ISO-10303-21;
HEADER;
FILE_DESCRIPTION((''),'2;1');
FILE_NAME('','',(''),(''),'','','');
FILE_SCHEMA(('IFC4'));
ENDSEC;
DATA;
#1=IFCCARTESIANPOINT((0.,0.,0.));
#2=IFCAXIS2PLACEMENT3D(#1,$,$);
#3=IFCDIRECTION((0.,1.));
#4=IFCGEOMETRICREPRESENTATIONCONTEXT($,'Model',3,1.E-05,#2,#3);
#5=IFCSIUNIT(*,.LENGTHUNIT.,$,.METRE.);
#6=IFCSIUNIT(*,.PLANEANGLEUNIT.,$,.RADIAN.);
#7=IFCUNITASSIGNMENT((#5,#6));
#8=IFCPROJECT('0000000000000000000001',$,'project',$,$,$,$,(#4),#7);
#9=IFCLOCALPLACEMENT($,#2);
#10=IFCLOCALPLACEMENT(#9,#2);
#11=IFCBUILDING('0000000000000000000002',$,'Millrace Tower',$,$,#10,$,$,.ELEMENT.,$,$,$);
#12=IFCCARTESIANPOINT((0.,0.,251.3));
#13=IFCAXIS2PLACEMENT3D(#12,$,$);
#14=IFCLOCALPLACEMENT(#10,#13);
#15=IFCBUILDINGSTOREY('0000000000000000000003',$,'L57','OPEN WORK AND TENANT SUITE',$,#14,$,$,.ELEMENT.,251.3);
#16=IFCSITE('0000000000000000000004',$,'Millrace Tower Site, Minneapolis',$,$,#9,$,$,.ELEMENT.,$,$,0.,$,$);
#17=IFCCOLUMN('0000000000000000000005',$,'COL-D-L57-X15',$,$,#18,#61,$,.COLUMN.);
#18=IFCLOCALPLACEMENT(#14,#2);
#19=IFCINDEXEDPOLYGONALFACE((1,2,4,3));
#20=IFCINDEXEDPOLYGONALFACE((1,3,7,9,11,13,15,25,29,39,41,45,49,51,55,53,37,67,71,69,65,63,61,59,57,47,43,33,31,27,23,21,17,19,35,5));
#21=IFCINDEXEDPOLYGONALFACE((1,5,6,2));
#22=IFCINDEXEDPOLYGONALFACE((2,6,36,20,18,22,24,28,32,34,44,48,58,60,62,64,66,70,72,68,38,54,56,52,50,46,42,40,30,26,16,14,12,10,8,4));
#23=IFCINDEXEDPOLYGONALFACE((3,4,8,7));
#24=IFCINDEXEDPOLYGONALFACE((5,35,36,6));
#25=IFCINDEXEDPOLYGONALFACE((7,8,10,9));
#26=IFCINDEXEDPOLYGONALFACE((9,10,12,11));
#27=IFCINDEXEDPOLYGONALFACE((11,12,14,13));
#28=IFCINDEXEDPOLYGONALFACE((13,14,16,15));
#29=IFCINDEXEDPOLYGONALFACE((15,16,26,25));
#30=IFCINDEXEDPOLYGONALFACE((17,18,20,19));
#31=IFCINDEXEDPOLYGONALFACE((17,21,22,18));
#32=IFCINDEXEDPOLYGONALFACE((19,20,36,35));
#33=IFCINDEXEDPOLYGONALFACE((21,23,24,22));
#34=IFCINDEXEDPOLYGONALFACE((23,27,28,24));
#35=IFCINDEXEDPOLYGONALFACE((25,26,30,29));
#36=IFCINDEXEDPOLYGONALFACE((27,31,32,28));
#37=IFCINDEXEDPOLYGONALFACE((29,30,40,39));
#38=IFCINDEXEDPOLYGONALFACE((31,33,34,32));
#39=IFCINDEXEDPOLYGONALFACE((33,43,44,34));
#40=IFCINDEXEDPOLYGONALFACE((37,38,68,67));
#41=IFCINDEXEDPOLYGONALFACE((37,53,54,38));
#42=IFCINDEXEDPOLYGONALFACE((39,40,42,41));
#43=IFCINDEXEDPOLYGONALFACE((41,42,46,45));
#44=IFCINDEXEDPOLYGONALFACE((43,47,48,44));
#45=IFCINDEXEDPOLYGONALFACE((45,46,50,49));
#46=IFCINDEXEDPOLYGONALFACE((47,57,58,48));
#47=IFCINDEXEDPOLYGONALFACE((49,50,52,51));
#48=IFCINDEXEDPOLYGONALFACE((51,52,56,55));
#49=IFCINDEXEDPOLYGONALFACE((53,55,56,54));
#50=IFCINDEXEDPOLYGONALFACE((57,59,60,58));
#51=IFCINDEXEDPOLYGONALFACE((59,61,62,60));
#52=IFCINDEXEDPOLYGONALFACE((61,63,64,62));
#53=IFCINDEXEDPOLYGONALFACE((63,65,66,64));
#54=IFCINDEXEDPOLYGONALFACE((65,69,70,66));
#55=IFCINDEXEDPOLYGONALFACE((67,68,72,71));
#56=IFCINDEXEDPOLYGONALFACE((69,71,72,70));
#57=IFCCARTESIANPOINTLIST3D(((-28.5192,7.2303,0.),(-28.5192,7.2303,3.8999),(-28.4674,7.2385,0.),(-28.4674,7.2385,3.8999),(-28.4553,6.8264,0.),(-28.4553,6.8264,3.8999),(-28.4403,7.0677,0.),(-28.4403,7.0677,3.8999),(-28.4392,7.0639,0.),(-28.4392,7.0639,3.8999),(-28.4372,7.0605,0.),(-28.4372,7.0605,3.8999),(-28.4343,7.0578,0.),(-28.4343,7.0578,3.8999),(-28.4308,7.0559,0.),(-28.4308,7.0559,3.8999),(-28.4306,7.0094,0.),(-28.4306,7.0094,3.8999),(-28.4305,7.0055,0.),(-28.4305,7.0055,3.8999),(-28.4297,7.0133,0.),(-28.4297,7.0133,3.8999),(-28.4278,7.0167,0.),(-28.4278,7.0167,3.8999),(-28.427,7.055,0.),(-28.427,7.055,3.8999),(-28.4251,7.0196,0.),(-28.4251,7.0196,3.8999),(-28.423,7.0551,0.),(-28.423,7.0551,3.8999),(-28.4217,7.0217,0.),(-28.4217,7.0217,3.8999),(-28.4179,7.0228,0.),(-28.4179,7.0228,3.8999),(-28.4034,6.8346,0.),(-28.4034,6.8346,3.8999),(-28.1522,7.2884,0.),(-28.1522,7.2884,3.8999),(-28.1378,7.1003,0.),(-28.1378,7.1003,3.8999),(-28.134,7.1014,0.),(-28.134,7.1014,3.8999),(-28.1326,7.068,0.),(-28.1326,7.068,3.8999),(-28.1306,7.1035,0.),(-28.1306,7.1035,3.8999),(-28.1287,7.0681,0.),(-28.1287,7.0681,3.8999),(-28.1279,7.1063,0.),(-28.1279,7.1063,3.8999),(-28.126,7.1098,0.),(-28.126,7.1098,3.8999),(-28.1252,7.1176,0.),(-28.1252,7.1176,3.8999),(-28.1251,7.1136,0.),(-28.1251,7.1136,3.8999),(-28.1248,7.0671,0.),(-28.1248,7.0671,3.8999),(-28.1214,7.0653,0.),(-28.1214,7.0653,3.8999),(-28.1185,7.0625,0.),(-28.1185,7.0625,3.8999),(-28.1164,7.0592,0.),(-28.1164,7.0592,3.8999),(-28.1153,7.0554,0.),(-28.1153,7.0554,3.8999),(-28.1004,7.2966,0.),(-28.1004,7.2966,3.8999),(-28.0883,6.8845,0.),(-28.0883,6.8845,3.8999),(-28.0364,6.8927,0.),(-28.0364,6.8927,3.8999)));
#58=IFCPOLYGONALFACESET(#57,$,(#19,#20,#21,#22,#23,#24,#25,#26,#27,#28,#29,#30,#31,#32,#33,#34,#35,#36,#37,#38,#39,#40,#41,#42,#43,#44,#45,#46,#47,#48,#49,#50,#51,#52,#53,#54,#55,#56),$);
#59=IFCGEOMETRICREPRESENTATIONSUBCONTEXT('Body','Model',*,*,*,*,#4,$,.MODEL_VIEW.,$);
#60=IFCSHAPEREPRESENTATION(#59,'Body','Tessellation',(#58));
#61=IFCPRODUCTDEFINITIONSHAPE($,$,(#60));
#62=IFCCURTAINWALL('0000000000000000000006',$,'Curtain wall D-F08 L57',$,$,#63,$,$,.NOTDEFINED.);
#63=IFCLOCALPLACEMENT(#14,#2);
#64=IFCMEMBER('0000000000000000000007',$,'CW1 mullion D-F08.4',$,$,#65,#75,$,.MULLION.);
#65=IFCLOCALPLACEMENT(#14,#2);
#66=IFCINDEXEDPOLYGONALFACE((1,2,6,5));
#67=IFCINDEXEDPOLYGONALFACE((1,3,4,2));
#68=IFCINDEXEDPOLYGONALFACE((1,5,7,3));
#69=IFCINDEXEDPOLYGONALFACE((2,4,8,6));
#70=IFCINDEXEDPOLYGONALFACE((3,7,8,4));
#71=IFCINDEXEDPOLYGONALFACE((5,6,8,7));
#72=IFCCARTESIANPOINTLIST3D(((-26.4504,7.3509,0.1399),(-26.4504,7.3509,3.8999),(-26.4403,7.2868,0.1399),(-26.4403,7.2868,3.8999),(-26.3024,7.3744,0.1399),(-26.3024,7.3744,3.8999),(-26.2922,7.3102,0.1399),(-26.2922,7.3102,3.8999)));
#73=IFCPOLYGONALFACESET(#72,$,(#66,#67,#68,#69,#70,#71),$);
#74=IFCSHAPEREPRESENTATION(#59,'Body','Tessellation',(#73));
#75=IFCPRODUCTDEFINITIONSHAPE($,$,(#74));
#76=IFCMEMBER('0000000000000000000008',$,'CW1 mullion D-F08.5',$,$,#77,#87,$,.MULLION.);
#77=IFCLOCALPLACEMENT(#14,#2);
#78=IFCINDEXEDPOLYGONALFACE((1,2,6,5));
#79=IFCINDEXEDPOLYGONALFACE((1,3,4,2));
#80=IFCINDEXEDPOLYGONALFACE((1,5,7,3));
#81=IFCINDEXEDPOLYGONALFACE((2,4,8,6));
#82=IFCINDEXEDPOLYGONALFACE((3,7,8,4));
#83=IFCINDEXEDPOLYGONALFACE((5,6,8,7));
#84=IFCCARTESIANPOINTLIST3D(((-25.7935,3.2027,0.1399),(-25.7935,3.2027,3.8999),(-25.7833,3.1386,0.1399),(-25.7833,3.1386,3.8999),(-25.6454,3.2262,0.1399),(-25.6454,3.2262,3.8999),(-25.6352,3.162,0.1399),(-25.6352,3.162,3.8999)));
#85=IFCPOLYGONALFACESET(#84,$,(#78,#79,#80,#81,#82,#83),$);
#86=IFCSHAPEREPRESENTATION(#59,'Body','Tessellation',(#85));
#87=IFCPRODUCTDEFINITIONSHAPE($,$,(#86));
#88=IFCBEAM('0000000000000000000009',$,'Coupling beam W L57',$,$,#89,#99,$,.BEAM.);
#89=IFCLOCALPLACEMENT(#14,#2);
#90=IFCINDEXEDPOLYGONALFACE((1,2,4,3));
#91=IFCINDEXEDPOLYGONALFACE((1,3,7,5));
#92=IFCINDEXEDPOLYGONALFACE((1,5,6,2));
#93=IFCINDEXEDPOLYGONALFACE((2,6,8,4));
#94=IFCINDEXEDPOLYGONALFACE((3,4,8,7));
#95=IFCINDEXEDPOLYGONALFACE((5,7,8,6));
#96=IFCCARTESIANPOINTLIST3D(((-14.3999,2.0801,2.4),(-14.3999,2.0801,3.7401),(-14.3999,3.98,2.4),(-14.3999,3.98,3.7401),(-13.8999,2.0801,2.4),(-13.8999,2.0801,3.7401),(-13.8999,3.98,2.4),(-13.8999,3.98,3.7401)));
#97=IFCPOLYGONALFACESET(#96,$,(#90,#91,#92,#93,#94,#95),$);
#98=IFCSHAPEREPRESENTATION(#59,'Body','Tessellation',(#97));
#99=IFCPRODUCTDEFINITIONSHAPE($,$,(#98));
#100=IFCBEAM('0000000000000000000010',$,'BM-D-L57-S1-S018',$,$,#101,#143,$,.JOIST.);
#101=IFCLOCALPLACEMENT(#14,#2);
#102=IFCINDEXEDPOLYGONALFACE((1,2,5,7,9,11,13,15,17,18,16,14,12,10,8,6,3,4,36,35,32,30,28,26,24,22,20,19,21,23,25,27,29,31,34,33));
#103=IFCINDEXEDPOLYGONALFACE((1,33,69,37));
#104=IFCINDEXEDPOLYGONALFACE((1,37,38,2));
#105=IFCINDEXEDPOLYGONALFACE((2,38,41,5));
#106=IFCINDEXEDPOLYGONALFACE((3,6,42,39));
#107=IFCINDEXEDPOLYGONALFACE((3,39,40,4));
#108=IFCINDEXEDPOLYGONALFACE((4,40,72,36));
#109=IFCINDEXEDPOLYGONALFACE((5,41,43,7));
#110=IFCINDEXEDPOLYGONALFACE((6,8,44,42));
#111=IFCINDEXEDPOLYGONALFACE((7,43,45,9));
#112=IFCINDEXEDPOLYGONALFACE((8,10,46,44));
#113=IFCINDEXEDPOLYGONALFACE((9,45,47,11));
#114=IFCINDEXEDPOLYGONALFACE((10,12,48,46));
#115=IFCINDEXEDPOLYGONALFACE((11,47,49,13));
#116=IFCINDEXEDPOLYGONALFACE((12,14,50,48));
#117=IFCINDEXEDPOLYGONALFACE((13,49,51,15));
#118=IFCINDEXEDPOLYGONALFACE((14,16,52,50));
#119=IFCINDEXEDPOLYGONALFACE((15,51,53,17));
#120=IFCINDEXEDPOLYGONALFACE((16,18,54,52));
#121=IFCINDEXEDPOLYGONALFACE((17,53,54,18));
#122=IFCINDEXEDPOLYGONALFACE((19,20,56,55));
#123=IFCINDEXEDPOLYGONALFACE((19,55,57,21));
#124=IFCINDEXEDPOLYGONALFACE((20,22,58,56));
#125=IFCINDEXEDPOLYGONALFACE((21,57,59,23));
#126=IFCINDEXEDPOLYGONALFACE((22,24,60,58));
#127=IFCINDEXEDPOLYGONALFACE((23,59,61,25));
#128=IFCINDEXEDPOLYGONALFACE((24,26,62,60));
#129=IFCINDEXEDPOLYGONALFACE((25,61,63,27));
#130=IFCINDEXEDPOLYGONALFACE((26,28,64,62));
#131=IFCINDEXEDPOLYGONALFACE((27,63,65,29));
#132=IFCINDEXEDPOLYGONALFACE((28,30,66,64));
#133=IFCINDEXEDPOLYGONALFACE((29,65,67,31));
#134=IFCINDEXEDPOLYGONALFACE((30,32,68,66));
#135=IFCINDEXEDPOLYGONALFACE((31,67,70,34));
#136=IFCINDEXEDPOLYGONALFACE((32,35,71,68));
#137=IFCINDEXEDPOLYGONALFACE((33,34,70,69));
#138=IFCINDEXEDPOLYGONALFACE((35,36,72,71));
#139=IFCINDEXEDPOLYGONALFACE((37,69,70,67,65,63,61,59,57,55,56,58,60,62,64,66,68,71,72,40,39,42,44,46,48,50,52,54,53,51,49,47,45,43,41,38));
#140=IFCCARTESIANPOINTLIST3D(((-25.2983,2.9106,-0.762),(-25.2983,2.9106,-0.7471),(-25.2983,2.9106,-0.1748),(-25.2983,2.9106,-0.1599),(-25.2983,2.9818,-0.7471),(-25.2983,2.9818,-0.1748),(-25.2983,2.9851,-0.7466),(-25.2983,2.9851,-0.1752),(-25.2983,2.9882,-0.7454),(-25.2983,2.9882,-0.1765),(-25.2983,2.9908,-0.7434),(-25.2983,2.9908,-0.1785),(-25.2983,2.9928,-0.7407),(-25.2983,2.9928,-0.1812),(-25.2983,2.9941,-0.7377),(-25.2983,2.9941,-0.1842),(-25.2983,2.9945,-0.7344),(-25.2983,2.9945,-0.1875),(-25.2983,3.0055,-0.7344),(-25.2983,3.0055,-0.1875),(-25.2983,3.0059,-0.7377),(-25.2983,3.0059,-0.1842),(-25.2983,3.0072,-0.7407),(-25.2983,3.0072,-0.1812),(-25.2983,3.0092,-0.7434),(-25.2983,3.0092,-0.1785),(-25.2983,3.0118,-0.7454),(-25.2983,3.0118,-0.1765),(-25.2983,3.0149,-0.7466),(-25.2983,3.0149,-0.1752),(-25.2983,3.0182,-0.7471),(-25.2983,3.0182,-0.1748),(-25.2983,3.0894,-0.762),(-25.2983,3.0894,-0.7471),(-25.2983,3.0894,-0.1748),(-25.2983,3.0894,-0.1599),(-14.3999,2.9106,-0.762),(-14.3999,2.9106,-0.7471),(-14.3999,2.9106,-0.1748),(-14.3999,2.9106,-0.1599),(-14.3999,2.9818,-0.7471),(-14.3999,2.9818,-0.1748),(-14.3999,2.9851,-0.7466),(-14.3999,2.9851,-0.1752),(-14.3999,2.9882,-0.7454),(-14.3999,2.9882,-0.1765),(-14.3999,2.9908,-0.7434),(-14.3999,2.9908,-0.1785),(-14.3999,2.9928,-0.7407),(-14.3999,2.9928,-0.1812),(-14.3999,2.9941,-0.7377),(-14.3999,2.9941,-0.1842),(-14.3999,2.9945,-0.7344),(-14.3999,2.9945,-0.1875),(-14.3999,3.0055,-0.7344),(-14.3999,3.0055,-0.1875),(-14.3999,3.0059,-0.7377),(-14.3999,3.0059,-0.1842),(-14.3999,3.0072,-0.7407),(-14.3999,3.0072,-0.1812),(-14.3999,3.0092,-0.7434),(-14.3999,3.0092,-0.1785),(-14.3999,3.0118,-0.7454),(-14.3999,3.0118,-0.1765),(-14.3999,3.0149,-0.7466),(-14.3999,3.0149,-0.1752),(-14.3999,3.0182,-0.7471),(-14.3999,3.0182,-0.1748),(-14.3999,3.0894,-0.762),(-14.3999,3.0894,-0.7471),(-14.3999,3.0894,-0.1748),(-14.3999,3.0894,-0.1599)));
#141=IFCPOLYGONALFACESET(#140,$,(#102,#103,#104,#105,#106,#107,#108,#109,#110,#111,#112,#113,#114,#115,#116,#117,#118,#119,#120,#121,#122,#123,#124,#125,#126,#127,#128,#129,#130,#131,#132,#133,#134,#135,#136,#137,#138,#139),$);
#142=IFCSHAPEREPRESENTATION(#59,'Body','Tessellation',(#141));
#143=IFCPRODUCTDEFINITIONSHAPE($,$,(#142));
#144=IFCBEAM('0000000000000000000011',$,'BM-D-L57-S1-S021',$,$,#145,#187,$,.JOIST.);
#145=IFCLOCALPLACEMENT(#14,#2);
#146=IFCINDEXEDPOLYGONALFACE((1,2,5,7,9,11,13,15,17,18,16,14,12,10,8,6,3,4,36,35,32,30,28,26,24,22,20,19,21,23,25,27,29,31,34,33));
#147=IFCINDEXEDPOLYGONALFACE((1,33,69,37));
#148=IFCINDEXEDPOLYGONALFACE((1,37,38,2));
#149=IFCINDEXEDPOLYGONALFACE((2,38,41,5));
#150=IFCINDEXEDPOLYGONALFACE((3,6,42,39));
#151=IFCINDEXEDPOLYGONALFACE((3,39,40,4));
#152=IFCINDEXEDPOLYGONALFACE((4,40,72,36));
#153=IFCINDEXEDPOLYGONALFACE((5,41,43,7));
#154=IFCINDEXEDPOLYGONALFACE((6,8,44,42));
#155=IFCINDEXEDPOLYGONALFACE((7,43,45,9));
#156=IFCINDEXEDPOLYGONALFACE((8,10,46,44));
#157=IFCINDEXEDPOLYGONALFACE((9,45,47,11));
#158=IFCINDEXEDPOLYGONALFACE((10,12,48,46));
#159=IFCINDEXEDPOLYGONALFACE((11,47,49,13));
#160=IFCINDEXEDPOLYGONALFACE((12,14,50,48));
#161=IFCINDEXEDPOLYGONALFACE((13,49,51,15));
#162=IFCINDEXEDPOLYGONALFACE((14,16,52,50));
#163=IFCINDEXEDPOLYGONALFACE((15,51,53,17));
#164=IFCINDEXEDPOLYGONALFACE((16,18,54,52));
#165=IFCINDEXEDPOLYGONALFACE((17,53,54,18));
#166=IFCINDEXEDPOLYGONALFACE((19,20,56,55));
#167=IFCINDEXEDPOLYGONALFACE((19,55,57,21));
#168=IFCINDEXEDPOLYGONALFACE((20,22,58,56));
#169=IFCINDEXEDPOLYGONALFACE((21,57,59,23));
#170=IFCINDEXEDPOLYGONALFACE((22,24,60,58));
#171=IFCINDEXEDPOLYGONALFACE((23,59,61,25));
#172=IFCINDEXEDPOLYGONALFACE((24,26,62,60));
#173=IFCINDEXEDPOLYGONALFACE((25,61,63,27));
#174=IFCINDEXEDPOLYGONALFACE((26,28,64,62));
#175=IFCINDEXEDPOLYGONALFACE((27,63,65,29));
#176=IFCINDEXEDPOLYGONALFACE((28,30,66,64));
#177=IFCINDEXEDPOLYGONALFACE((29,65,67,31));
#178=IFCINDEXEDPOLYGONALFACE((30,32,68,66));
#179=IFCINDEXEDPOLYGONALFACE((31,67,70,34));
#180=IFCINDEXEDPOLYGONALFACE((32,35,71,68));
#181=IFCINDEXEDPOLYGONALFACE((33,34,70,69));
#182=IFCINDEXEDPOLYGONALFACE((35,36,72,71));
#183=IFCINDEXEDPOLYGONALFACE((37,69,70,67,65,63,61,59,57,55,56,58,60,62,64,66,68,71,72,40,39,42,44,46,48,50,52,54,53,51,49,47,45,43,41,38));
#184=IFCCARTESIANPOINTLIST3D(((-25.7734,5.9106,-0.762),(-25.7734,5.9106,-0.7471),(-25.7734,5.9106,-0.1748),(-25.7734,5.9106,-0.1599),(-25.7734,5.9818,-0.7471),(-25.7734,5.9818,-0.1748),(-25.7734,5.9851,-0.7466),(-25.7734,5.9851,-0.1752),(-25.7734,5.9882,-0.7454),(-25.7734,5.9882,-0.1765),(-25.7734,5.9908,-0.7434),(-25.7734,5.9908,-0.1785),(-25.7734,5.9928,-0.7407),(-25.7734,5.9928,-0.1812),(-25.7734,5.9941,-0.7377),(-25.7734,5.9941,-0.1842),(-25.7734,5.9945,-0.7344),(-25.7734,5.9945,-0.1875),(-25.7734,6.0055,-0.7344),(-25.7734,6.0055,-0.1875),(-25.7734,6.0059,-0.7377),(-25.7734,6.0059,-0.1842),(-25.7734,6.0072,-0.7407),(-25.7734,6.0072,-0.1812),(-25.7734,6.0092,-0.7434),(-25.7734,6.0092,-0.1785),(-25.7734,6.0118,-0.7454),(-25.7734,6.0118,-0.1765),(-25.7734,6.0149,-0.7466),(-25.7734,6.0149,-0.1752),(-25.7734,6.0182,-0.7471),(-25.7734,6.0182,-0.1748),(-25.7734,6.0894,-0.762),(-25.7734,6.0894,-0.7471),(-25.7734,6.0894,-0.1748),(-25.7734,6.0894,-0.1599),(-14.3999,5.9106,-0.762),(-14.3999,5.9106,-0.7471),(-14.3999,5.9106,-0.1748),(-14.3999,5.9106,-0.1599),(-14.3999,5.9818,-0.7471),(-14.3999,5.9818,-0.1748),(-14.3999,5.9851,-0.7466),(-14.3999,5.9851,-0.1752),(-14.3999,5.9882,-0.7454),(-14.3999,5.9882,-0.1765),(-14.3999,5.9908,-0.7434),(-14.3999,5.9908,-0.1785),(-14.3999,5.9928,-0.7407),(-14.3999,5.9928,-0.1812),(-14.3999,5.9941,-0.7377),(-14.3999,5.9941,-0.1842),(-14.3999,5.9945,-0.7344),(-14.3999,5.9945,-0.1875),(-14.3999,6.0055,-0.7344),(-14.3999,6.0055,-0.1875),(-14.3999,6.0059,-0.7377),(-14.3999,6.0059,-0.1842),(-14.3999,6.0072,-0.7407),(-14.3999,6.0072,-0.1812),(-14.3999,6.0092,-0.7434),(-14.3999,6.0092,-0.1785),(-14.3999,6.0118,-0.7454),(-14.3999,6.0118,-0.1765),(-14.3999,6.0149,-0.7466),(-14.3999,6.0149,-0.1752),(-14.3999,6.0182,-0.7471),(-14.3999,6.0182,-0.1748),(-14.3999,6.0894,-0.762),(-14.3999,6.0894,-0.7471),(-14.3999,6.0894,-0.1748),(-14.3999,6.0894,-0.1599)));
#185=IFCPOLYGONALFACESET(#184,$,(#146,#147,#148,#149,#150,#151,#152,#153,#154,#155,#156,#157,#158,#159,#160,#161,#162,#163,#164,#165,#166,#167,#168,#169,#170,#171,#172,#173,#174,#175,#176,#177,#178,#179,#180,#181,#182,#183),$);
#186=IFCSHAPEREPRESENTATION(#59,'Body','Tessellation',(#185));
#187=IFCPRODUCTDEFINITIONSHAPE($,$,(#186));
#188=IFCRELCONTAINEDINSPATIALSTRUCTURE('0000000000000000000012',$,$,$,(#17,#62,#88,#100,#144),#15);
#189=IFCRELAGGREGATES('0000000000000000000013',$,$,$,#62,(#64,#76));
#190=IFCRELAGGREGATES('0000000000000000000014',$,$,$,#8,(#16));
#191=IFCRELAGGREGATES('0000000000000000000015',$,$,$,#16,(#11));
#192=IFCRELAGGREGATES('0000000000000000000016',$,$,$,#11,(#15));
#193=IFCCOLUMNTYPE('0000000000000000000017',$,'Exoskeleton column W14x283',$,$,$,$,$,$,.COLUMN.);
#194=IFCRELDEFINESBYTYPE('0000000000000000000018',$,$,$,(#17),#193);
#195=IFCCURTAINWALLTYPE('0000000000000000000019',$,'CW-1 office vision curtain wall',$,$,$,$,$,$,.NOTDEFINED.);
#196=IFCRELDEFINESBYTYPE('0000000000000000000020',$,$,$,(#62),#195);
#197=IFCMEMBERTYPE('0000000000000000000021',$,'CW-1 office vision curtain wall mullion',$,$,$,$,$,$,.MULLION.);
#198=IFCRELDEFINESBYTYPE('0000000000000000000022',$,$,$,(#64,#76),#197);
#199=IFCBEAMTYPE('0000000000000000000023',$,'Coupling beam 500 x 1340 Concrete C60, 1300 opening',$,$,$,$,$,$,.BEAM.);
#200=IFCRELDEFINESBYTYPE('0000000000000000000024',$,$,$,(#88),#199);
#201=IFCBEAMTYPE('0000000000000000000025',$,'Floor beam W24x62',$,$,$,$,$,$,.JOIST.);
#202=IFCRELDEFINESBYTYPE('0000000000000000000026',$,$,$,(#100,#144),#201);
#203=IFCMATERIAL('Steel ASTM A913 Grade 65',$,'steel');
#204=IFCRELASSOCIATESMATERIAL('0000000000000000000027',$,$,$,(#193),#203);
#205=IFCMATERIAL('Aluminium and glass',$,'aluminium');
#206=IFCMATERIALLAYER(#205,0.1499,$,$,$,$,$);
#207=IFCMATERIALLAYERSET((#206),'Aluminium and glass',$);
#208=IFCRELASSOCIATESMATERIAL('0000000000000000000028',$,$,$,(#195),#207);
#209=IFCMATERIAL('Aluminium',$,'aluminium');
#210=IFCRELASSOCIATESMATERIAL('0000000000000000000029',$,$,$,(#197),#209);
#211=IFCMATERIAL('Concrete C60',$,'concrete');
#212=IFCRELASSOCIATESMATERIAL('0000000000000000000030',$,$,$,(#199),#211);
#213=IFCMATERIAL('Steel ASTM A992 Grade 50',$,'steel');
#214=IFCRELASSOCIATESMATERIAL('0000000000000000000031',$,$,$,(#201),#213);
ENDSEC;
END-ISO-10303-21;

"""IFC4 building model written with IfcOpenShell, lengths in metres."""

from ifc_helpers import new_model, si_unit, direction, frame, origin, origin_2d, place, context, subcontext, project, spatial, rectangle, i_section, extrude, material, layer, layer_set, material_profile, profile_set, type_object, element, aggregate, save


model = new_model("IFC4")

# Units and contexts
model_context = context("Model", 3, precision=1e-05, world=origin(), true_north=direction((0.0, 1.0)))
body_context = subcontext(model_context, "Body", "Model", "MODEL_VIEW")
ifc_project = project(units=[si_unit("LENGTHUNIT", "METRE"), si_unit("PLANEANGLEUNIT", "RADIAN")], contexts=[model_context])

# Site, building, storey
site_placement = place(None, origin())
site = spatial("IfcSite", under=ifc_project, at=site_placement, Name="Millrace Tower Site, Minneapolis", CompositionType="ELEMENT", RefElevation=0.0)
building_placement = place(site_placement, origin())
building = spatial("IfcBuilding", under=site, at=building_placement, Name="Millrace Tower", CompositionType="ELEMENT")
storey_placement = place(building_placement, frame((0.0, 0.0, 251.3)))
storey = spatial("IfcBuildingStorey", under=building, at=storey_placement, Name="L57", Description="OPEN WORK AND TENANT SUITE", CompositionType="ELEMENT", Elevation=251.3)

# Column
ifc_material_1 = material(Name="Steel ASTM A913 Grade 65", Category="steel")
ifc_material_profile_1 = material_profile(ifc_material_1, i_section(OverallWidth=0.4089, OverallDepth=0.4241, WebThickness=0.0327, FlangeThickness=0.0525, FilletRadius=0.0151, at=origin_2d()))
ifc_profile_set_1 = profile_set([ifc_material_profile_1], Name="Steel ASTM A913 Grade 65")
column_type = type_object("IfcColumnType", Name="Exoskeleton column W14x283", PredefinedType="COLUMN", material=ifc_profile_set_1)
column_placement = place(storey_placement, frame((-28.2778, 7.0615, 0.0), z_axis=(0.0, 0.0, 1.0), x_axis=(0.156434, -0.987688, 0.0)))
element("IfcColumn", 1, at=column_placement, inside=storey, type_object=column_type, Name="COL-D-L57-X15", PredefinedType="COLUMN", context=body_context, shape_type="SweptSolid", body=[
    extrude(i_section(OverallWidth=0.4089, OverallDepth=0.4241, WebThickness=0.0327, FlangeThickness=0.0525, FilletRadius=0.0151, at=origin_2d()), origin(), (0.0, 0.0, 1.0), 3.8999),
])

# Curtain wall, members
ifc_material_2 = material(Name="Aluminium and glass", Category="aluminium")
ifc_layer_1 = layer(ifc_material_2, 0.1499)
ifc_layer_set_1 = layer_set([ifc_layer_1], Name="Aluminium and glass")
curtain_wall_type = type_object("IfcCurtainWallType", Name="CW-1 office vision curtain wall", PredefinedType="NOTDEFINED", material=ifc_layer_set_1)
placement = place(storey_placement, origin())
curtain_wall = element("IfcCurtainWall", 2, at=placement, inside=storey, type_object=curtain_wall_type, Name="Curtain wall D-F08 L57", PredefinedType="NOTDEFINED")
ifc_material_3 = material(Name="Aluminium", Category="aluminium")
ifc_material_profile_2 = material_profile(ifc_material_3, rectangle(XDim=0.0649, YDim=0.1499, at=origin_2d()))
ifc_profile_set_2 = profile_set([ifc_material_profile_2], Name="Aluminium")
member_type = type_object("IfcMemberType", Name="CW-1 office vision curtain wall mullion", PredefinedType="MULLION", material=ifc_profile_set_2)
member_1_placement = place(storey_placement, frame((-26.3713, 7.3306, 0.1399), z_axis=(0.0, 0.0, 1.0), x_axis=(0.156434, -0.987688, 0.0)))
member_1 = element("IfcMember", 3, at=member_1_placement, type_object=member_type, Name="CW1 mullion D-F08.4", PredefinedType="MULLION", context=body_context, shape_type="SweptSolid", body=[
    extrude(rectangle(XDim=0.0649, YDim=0.1499, at=origin_2d()), origin(), (0.0, 0.0, 1.0), 3.76),
])
member_2_placement = place(storey_placement, frame((-25.7144, 3.1824, 0.1399), z_axis=(0.0, 0.0, 1.0), x_axis=(0.156434, -0.987688, 0.0)))
member_2 = element("IfcMember", 4, at=member_2_placement, type_object=member_type, Name="CW1 mullion D-F08.5", PredefinedType="MULLION", context=body_context, shape_type="SweptSolid", body=[
    extrude(rectangle(XDim=0.0649, YDim=0.1499, at=origin_2d()), origin(), (0.0, 0.0, 1.0), 3.76),
])
aggregate(curtain_wall, [member_1, member_2])

# Beams
ifc_material_4 = material(Name="Concrete C60", Category="concrete")
ifc_material_profile_3 = material_profile(ifc_material_4, rectangle(XDim=0.5, YDim=1.3401, at=origin_2d()))
ifc_profile_set_3 = profile_set([ifc_material_profile_3], Name="Concrete C60")
beam_type_1 = type_object("IfcBeamType", Name="Coupling beam 500 x 1340 Concrete C60, 1300 opening", PredefinedType="BEAM", material=ifc_profile_set_3)
beam_1_placement = place(storey_placement, frame((-14.1499, 2.0801, 3.0701), z_axis=(0.0, 1.0, 0.0), x_axis=(-1.0, 0.0, 0.0)))
element("IfcBeam", 5, at=beam_1_placement, inside=storey, type_object=beam_type_1, Name="Coupling beam W L57", PredefinedType="BEAM", context=body_context, shape_type="SweptSolid", body=[
    extrude(rectangle(XDim=0.5, YDim=1.3401, at=origin_2d()), origin(), (0.0, 0.0, 1.0), 1.8999),
])
ifc_material_5 = material(Name="Steel ASTM A992 Grade 50", Category="steel")
ifc_material_profile_4 = material_profile(ifc_material_5, i_section(OverallWidth=0.1787, OverallDepth=0.6021, WebThickness=0.011, FlangeThickness=0.0149, FilletRadius=0.0127, at=origin_2d()))
ifc_profile_set_4 = profile_set([ifc_material_profile_4], Name="Steel ASTM A992 Grade 50")
beam_type_2 = type_object("IfcBeamType", Name="Floor beam W24x62", PredefinedType="JOIST", material=ifc_profile_set_4)
beam_2_placement = place(storey_placement, frame((-25.2983, 3.0, -0.4609), z_axis=(1.0, 0.0, 0.0), x_axis=(0.0, 1.0, 0.0)))
element("IfcBeam", 6, at=beam_2_placement, inside=storey, type_object=beam_type_2, Name="BM-D-L57-S1-S018", PredefinedType="JOIST", context=body_context, shape_type="SweptSolid", body=[
    extrude(i_section(OverallWidth=0.1787, OverallDepth=0.6021, WebThickness=0.011, FlangeThickness=0.0149, FilletRadius=0.0127, at=origin_2d()), origin(), (0.0, 0.0, 1.0), 10.8984),
])
beam_3_placement = place(storey_placement, frame((-25.7734, 6.0, -0.4609), z_axis=(1.0, 0.0, 0.0), x_axis=(0.0, 1.0, 0.0)))
element("IfcBeam", 7, at=beam_3_placement, inside=storey, type_object=beam_type_2, Name="BM-D-L57-S1-S021", PredefinedType="JOIST", context=body_context, shape_type="SweptSolid", body=[
    extrude(i_section(OverallWidth=0.1787, OverallDepth=0.6021, WebThickness=0.011, FlangeThickness=0.0149, FilletRadius=0.0127, at=origin_2d()), origin(), (0.0, 0.0, 1.0), 11.3735),
])

save(model, "model.ifc")
